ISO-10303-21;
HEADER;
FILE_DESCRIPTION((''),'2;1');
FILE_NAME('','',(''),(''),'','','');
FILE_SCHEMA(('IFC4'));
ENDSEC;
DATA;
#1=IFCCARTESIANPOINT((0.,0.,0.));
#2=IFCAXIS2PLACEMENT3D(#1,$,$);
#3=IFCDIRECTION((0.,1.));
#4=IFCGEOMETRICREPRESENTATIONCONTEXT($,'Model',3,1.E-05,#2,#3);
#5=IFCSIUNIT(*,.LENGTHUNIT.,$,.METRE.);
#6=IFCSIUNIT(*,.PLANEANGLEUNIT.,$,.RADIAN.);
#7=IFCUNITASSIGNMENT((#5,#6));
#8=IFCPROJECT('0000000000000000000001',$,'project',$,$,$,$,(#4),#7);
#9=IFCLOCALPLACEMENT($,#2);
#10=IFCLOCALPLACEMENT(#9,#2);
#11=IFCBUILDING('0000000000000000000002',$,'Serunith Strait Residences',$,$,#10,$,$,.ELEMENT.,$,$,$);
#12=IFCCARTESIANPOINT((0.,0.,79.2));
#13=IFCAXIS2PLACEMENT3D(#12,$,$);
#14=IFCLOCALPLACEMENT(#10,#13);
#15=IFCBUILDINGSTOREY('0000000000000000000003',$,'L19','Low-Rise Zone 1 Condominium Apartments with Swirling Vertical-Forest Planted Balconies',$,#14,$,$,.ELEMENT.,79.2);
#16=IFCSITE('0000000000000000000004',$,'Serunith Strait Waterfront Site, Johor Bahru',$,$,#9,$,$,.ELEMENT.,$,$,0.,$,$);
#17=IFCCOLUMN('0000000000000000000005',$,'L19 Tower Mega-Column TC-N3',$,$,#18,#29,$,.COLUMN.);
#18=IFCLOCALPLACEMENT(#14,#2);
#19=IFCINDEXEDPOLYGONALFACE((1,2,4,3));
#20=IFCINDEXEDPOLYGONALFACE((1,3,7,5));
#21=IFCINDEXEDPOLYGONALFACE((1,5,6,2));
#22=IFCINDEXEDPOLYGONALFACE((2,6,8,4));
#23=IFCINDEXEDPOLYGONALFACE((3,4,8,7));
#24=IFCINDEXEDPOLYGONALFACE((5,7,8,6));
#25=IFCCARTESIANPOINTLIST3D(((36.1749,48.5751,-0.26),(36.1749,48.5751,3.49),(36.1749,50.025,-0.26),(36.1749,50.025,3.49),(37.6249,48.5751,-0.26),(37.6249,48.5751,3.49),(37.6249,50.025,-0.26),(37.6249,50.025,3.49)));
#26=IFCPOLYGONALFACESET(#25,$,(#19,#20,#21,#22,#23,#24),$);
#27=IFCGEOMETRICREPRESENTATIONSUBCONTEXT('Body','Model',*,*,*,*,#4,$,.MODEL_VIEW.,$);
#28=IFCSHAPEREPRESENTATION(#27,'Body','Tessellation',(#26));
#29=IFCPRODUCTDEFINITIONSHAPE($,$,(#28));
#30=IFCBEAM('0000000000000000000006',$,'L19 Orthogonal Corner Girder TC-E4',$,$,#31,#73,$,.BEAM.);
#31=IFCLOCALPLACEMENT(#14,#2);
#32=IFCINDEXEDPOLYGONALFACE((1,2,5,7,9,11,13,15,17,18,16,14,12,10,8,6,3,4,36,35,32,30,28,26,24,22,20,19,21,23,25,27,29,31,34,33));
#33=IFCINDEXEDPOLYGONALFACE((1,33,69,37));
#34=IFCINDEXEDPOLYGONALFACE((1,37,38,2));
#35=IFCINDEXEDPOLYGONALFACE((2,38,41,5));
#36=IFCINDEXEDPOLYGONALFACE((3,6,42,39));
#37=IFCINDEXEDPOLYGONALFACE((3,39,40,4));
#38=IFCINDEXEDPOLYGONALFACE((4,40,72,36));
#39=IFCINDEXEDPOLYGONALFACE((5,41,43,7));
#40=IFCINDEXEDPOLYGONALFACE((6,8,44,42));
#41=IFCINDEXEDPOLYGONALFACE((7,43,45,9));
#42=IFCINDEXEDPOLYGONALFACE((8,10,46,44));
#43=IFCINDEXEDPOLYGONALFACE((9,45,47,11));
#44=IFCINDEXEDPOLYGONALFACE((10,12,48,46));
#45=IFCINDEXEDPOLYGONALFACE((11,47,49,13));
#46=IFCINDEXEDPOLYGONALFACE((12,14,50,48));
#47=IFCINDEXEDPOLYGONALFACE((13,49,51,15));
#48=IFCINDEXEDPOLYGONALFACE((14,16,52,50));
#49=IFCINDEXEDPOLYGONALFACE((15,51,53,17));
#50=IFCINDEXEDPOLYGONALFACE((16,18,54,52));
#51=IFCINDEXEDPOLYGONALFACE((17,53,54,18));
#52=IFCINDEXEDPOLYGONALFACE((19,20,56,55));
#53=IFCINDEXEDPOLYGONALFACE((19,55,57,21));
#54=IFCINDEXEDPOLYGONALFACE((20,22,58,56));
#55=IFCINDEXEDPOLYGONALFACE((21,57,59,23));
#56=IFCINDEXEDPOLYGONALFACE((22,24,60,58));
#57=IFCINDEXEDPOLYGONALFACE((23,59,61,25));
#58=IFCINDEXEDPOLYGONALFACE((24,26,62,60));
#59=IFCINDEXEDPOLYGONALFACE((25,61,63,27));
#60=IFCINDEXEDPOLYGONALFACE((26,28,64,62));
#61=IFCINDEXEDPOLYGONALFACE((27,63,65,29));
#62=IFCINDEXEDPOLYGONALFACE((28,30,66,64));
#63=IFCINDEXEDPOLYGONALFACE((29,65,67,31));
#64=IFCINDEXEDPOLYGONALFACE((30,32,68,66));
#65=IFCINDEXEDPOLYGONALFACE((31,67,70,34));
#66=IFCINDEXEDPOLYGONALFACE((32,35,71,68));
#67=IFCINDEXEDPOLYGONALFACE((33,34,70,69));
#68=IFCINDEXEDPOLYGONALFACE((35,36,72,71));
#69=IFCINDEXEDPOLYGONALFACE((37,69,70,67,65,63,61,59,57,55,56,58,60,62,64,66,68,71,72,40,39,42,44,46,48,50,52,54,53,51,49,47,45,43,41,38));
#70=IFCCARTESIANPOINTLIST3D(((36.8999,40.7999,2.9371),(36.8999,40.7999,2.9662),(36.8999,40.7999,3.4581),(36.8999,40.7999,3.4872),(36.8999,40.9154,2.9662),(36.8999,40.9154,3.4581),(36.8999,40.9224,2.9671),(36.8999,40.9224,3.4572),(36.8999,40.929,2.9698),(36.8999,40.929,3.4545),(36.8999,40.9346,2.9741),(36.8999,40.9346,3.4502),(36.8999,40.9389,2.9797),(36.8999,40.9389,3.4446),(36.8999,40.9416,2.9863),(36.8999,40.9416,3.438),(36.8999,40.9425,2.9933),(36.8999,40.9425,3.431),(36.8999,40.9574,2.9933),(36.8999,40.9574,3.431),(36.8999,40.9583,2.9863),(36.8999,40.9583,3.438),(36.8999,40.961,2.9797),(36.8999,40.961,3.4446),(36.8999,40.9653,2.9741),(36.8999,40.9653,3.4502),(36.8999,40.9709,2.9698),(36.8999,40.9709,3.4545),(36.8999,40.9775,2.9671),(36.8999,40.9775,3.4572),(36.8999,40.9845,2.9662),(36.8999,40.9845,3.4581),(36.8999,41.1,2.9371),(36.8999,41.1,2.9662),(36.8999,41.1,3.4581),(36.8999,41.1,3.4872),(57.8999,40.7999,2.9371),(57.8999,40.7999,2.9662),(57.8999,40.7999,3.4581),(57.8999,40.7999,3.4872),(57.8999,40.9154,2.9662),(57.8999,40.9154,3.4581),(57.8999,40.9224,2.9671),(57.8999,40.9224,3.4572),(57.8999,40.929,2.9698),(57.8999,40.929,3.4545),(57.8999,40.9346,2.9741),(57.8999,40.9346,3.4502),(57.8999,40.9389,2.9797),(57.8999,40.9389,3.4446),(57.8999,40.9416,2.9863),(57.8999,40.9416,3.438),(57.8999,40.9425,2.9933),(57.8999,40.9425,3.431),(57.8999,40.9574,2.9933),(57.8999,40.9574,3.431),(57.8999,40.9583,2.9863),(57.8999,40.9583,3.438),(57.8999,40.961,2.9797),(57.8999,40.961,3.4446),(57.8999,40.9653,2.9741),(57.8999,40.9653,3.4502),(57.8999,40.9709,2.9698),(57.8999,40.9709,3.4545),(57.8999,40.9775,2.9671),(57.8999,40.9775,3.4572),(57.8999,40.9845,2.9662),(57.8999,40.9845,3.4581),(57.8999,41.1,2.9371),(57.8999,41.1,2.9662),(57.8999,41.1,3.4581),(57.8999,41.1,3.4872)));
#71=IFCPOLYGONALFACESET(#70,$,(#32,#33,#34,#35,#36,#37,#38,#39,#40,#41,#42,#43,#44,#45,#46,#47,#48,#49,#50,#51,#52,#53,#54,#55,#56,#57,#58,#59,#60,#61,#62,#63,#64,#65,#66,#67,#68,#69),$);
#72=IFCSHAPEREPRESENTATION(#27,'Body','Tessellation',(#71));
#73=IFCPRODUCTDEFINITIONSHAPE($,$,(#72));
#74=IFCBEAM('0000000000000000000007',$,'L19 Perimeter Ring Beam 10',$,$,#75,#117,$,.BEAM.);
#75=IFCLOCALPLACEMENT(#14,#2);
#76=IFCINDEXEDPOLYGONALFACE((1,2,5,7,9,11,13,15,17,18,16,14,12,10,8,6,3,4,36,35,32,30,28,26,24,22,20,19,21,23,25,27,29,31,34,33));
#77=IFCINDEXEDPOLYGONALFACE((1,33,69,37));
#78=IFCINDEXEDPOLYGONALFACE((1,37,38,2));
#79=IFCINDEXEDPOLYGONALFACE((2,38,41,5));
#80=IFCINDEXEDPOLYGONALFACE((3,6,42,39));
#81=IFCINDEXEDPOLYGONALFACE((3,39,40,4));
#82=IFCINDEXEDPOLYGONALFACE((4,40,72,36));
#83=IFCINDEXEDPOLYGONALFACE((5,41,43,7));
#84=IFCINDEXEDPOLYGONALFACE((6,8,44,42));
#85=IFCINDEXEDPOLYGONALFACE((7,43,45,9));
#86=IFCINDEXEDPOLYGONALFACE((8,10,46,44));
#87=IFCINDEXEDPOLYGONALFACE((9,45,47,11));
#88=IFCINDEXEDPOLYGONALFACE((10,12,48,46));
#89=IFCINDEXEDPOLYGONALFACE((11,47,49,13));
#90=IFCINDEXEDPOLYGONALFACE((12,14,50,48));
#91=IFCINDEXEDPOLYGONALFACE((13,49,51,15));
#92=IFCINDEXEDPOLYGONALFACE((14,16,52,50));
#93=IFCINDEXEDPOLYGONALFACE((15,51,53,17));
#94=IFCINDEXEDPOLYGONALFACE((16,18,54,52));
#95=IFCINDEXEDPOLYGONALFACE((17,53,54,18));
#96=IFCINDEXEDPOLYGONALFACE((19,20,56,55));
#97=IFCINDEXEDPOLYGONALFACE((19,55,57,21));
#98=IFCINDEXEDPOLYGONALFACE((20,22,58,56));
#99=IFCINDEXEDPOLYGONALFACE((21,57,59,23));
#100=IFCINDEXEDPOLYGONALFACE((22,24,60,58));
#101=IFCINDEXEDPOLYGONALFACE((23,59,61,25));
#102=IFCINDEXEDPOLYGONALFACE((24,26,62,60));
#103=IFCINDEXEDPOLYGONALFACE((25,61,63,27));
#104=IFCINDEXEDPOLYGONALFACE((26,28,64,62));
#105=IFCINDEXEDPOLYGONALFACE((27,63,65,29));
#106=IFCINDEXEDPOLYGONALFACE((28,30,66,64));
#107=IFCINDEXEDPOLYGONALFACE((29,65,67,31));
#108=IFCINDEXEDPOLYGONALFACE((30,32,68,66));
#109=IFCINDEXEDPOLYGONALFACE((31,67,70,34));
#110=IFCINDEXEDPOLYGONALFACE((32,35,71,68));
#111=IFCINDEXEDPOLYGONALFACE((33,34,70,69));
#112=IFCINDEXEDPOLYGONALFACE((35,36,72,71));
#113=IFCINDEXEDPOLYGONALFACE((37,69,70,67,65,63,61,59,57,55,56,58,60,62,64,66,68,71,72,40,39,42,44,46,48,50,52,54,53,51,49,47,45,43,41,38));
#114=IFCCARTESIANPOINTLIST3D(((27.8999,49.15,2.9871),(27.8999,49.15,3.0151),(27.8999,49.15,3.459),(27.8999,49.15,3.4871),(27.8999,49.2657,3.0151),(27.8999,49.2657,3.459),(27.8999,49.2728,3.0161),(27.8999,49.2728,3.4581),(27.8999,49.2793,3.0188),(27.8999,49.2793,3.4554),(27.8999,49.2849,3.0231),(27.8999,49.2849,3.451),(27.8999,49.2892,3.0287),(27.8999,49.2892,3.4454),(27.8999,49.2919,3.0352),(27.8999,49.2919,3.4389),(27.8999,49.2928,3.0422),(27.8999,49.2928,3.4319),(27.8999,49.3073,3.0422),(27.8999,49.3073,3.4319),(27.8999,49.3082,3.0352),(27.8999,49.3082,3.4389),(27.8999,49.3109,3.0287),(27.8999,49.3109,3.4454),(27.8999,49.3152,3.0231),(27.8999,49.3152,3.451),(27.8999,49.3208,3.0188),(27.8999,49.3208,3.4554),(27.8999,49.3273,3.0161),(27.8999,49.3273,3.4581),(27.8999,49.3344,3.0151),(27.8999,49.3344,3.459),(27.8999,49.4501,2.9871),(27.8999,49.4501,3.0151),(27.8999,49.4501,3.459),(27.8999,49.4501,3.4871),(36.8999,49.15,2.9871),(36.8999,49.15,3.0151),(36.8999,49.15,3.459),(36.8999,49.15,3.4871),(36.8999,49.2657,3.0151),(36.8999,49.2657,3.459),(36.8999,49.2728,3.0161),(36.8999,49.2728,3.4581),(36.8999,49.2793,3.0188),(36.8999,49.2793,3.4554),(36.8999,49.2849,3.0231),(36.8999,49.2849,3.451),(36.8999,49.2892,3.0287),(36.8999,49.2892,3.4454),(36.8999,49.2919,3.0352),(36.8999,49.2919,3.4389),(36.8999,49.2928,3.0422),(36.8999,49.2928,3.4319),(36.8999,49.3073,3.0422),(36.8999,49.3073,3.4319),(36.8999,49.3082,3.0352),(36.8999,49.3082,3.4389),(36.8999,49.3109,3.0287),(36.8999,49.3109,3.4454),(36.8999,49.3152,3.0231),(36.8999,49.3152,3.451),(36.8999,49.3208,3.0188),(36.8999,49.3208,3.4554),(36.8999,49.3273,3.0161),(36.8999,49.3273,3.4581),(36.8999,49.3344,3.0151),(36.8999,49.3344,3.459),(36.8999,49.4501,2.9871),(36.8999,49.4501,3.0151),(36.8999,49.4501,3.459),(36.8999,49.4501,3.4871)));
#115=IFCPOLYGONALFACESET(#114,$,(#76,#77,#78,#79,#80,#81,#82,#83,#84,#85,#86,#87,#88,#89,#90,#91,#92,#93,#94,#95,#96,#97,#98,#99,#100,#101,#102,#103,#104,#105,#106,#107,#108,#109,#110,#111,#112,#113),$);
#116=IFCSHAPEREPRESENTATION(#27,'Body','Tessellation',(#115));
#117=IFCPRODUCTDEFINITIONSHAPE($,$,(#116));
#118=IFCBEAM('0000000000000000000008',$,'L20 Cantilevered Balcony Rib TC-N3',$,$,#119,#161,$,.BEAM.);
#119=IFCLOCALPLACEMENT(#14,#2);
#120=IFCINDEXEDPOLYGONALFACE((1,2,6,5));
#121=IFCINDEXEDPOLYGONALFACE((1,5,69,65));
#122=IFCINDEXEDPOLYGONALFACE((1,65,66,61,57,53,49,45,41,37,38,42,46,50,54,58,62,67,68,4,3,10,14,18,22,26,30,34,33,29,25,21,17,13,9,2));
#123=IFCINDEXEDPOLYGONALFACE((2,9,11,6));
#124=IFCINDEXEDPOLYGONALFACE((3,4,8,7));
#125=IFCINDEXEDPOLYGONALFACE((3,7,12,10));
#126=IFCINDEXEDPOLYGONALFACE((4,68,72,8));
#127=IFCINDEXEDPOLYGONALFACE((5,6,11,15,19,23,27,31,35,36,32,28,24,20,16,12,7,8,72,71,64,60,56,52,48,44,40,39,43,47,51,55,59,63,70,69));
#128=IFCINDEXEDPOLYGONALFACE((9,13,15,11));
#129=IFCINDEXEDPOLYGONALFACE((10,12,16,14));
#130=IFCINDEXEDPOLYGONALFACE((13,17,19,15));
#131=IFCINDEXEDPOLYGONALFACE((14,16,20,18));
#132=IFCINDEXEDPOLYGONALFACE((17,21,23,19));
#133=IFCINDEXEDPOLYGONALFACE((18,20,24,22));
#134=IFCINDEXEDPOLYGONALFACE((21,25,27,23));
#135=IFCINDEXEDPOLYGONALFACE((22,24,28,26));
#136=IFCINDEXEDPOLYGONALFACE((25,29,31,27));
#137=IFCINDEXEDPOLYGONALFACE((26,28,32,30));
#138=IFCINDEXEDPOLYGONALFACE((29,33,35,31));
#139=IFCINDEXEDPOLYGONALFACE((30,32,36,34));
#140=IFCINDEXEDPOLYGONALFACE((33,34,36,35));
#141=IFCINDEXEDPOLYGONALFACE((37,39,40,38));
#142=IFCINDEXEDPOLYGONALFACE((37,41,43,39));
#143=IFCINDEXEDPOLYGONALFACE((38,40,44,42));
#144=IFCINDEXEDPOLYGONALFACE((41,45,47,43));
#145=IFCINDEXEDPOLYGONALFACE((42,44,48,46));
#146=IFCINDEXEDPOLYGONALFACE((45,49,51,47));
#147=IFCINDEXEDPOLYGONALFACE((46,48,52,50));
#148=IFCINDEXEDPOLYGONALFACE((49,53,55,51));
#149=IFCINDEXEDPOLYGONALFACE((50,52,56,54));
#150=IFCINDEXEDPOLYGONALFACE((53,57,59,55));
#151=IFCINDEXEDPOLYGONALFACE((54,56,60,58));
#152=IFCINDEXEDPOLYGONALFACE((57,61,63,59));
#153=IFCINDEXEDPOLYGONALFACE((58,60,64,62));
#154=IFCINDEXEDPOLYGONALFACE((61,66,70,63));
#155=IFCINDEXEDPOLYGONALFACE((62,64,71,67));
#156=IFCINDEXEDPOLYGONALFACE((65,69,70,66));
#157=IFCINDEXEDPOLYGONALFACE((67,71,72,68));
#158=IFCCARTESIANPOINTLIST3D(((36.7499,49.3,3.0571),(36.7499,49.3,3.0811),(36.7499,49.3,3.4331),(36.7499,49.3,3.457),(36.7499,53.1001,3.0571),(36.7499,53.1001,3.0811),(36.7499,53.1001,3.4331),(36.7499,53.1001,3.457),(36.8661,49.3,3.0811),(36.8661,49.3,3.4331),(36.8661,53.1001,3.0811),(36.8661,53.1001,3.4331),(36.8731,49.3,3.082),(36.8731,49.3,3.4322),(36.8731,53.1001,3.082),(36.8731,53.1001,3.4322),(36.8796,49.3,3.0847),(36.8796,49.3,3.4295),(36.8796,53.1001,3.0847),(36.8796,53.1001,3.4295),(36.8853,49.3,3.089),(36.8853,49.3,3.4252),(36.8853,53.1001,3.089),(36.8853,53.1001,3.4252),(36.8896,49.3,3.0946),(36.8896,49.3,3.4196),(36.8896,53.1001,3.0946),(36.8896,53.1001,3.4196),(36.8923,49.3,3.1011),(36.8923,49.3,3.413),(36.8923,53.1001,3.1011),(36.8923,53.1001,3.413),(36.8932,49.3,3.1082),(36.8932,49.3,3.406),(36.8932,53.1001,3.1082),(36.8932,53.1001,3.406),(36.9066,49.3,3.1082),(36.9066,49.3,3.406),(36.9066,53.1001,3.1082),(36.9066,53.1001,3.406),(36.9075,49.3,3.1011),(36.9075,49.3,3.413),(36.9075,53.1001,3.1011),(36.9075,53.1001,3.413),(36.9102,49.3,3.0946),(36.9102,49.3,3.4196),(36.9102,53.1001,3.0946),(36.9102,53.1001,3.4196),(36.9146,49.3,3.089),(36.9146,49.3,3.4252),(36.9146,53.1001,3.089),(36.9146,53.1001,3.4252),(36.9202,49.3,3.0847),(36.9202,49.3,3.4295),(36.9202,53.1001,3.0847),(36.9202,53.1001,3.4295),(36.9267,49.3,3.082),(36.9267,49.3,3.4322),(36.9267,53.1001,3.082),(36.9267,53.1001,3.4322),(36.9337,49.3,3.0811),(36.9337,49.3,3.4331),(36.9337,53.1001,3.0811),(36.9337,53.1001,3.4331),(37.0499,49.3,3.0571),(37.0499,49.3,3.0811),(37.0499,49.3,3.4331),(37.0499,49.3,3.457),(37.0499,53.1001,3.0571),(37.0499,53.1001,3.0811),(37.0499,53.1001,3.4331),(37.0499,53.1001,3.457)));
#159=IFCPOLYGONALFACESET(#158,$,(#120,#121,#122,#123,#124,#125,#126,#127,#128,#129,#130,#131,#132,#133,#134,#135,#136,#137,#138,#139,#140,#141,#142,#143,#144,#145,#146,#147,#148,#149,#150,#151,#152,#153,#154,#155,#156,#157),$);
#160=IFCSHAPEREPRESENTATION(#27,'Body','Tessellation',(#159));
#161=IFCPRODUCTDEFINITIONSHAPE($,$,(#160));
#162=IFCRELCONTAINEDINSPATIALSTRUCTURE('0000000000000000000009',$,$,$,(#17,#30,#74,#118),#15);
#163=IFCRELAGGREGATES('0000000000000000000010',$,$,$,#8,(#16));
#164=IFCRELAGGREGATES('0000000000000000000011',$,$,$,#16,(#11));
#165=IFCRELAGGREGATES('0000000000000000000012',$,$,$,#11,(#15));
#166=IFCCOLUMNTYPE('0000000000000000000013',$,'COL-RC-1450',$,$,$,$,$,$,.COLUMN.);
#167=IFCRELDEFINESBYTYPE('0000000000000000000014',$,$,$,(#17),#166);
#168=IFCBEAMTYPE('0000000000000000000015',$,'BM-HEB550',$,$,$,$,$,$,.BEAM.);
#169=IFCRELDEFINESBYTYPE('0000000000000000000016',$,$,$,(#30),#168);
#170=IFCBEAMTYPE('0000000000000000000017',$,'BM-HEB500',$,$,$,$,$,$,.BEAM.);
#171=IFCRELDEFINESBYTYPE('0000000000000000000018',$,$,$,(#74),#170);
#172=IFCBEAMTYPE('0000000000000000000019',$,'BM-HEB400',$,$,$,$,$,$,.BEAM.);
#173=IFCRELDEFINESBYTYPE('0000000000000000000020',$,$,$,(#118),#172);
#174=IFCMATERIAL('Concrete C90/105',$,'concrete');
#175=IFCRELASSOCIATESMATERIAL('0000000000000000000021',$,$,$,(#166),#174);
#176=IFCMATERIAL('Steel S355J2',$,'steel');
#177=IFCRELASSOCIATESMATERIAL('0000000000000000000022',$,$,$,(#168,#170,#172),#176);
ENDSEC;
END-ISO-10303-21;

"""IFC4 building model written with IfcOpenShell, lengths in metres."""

from ifc_helpers import new_model, si_unit, direction, frame, origin, origin_2d, place, context, subcontext, project, spatial, rectangle, i_section, extrude, source, transform, mapped, material, material_profile, profile_set, type_object, element, save


model = new_model("IFC4")

# Units and contexts
model_context = context("Model", 3, precision=1e-05, world=origin(), true_north=direction((0.0, 1.0)))
body_context = subcontext(model_context, "Body", "Model", "MODEL_VIEW")
ifc_project = project(units=[si_unit("LENGTHUNIT", "METRE"), si_unit("PLANEANGLEUNIT", "RADIAN")], contexts=[model_context])

# Site, building, storey
site_placement = place(None, origin())
site = spatial("IfcSite", under=ifc_project, at=site_placement, Name="Serunith Strait Waterfront Site, Johor Bahru", CompositionType="ELEMENT", RefElevation=0.0)
building_placement = place(site_placement, origin())
building = spatial("IfcBuilding", under=site, at=building_placement, Name="Serunith Strait Residences", CompositionType="ELEMENT")
storey_placement = place(building_placement, frame((0.0, 0.0, 79.2)))
storey = spatial("IfcBuildingStorey", under=building, at=storey_placement, Name="L19", Description="Low-Rise Zone 1 Condominium Apartments with Swirling Vertical-Forest Planted Balconies", CompositionType="ELEMENT", Elevation=79.2)

# Column
ifc_material_1 = material(Name="Concrete C90/105", Category="concrete")
ifc_material_profile_1 = material_profile(ifc_material_1, rectangle(XDim=1.45, YDim=1.45, at=origin_2d()), Name="RC 1450x1450")
ifc_profile_set_1 = profile_set([ifc_material_profile_1], Name="Concrete C90/105")
column_type = type_object("IfcColumnType", Name="COL-RC-1450", PredefinedType="COLUMN", material=ifc_profile_set_1)
shared_shape_1 = source(origin(), body_context, "Body", "SweptSolid", [
    extrude(rectangle(XDim=1.45, YDim=1.45, at=origin_2d()), origin(), (0.0, 0.0, 1.0), 3.75),
])
column_placement = place(storey_placement, frame((36.8999, 49.3, -0.26), z_axis=(0.0, 0.0, 1.0), x_axis=(1.0, 0.0, 0.0)))
element("IfcColumn", 1, at=column_placement, inside=storey, type_object=column_type, Name="L19 Tower Mega-Column TC-N3", PredefinedType="COLUMN", context=body_context, shape_type="MappedRepresentation", body=[
    mapped(shared_shape_1, transform((0.0, 0.0, 0.0), scale=1.0)),
])

# Beams
ifc_material_2 = material(Name="Steel S355J2", Category="steel")
ifc_material_profile_2 = material_profile(ifc_material_2, i_section(OverallWidth=0.3, OverallDepth=0.55, WebThickness=0.0149, FlangeThickness=0.0291, FilletRadius=0.0271, at=origin_2d()), Name="HEB 550")
ifc_profile_set_2 = profile_set([ifc_material_profile_2], Name="Steel S355J2")
beam_type_1 = type_object("IfcBeamType", Name="BM-HEB550", PredefinedType="BEAM", material=ifc_profile_set_2)
shared_shape_2 = source(origin(), body_context, "Body", "SweptSolid", [
    extrude(i_section(OverallWidth=0.3, OverallDepth=0.55, WebThickness=0.0149, FlangeThickness=0.0291, FilletRadius=0.0271, at=origin_2d()), origin(), (0.0, 0.0, 1.0), 21.0),
])
beam_1_placement = place(storey_placement, frame((36.8999, 40.95, 3.2122), z_axis=(1.0, 0.0, 0.0), x_axis=(0.0, 1.0, 0.0)))
element("IfcBeam", 2, at=beam_1_placement, inside=storey, type_object=beam_type_1, Name="L19 Orthogonal Corner Girder TC-E4", PredefinedType="BEAM", context=body_context, shape_type="MappedRepresentation", body=[
    mapped(shared_shape_2, transform((0.0, 0.0, 0.0), scale=1.0)),
])
ifc_material_profile_3 = material_profile(ifc_material_2, i_section(OverallWidth=0.3, OverallDepth=0.5, WebThickness=0.0144, FlangeThickness=0.0281, FilletRadius=0.0271, at=origin_2d()), Name="HEB 500")
ifc_profile_set_3 = profile_set([ifc_material_profile_3], Name="Steel S355J2")
beam_type_2 = type_object("IfcBeamType", Name="BM-HEB500", PredefinedType="BEAM", material=ifc_profile_set_3)
shared_shape_3 = source(origin(), body_context, "Body", "SweptSolid", [
    extrude(i_section(OverallWidth=0.3, OverallDepth=0.5, WebThickness=0.0144, FlangeThickness=0.0281, FilletRadius=0.0271, at=origin_2d()), origin(), (0.0, 0.0, 1.0), 9.0),
])
beam_2_placement = place(storey_placement, frame((36.8999, 49.3, 3.2371), z_axis=(-1.0, 0.0, 0.0), x_axis=(0.0, -1.0, 0.0)))
element("IfcBeam", 3, at=beam_2_placement, inside=storey, type_object=beam_type_2, Name="L19 Perimeter Ring Beam 10", PredefinedType="BEAM", context=body_context, shape_type="MappedRepresentation", body=[
    mapped(shared_shape_3, transform((0.0, 0.0, 0.0), scale=1.0)),
])
ifc_material_profile_4 = material_profile(ifc_material_2, i_section(OverallWidth=0.3, OverallDepth=0.3999, WebThickness=0.0134, FlangeThickness=0.0239, FilletRadius=0.0271, at=origin_2d()), Name="HEB 400")
ifc_profile_set_4 = profile_set([ifc_material_profile_4], Name="Steel S355J2")
beam_type_3 = type_object("IfcBeamType", Name="BM-HEB400", PredefinedType="BEAM", material=ifc_profile_set_4)
shared_shape_4 = source(origin(), body_context, "Body", "SweptSolid", [
    extrude(i_section(OverallWidth=0.3, OverallDepth=0.3999, WebThickness=0.0134, FlangeThickness=0.0239, FilletRadius=0.0271, at=origin_2d()), origin(), (0.0, 0.0, 1.0), 3.8),
])
beam_3_placement = place(storey_placement, frame((36.8999, 49.3, 3.2571), z_axis=(0.0, 1.0, 0.0), x_axis=(-1.0, 0.0, 0.0)))
element("IfcBeam", 4, at=beam_3_placement, inside=storey, type_object=beam_type_3, Name="L20 Cantilevered Balcony Rib TC-N3", PredefinedType="BEAM", context=body_context, shape_type="MappedRepresentation", body=[
    mapped(shared_shape_4, transform((0.0, 0.0, 0.0), scale=1.0)),
])

save(model, "model.ifc")
